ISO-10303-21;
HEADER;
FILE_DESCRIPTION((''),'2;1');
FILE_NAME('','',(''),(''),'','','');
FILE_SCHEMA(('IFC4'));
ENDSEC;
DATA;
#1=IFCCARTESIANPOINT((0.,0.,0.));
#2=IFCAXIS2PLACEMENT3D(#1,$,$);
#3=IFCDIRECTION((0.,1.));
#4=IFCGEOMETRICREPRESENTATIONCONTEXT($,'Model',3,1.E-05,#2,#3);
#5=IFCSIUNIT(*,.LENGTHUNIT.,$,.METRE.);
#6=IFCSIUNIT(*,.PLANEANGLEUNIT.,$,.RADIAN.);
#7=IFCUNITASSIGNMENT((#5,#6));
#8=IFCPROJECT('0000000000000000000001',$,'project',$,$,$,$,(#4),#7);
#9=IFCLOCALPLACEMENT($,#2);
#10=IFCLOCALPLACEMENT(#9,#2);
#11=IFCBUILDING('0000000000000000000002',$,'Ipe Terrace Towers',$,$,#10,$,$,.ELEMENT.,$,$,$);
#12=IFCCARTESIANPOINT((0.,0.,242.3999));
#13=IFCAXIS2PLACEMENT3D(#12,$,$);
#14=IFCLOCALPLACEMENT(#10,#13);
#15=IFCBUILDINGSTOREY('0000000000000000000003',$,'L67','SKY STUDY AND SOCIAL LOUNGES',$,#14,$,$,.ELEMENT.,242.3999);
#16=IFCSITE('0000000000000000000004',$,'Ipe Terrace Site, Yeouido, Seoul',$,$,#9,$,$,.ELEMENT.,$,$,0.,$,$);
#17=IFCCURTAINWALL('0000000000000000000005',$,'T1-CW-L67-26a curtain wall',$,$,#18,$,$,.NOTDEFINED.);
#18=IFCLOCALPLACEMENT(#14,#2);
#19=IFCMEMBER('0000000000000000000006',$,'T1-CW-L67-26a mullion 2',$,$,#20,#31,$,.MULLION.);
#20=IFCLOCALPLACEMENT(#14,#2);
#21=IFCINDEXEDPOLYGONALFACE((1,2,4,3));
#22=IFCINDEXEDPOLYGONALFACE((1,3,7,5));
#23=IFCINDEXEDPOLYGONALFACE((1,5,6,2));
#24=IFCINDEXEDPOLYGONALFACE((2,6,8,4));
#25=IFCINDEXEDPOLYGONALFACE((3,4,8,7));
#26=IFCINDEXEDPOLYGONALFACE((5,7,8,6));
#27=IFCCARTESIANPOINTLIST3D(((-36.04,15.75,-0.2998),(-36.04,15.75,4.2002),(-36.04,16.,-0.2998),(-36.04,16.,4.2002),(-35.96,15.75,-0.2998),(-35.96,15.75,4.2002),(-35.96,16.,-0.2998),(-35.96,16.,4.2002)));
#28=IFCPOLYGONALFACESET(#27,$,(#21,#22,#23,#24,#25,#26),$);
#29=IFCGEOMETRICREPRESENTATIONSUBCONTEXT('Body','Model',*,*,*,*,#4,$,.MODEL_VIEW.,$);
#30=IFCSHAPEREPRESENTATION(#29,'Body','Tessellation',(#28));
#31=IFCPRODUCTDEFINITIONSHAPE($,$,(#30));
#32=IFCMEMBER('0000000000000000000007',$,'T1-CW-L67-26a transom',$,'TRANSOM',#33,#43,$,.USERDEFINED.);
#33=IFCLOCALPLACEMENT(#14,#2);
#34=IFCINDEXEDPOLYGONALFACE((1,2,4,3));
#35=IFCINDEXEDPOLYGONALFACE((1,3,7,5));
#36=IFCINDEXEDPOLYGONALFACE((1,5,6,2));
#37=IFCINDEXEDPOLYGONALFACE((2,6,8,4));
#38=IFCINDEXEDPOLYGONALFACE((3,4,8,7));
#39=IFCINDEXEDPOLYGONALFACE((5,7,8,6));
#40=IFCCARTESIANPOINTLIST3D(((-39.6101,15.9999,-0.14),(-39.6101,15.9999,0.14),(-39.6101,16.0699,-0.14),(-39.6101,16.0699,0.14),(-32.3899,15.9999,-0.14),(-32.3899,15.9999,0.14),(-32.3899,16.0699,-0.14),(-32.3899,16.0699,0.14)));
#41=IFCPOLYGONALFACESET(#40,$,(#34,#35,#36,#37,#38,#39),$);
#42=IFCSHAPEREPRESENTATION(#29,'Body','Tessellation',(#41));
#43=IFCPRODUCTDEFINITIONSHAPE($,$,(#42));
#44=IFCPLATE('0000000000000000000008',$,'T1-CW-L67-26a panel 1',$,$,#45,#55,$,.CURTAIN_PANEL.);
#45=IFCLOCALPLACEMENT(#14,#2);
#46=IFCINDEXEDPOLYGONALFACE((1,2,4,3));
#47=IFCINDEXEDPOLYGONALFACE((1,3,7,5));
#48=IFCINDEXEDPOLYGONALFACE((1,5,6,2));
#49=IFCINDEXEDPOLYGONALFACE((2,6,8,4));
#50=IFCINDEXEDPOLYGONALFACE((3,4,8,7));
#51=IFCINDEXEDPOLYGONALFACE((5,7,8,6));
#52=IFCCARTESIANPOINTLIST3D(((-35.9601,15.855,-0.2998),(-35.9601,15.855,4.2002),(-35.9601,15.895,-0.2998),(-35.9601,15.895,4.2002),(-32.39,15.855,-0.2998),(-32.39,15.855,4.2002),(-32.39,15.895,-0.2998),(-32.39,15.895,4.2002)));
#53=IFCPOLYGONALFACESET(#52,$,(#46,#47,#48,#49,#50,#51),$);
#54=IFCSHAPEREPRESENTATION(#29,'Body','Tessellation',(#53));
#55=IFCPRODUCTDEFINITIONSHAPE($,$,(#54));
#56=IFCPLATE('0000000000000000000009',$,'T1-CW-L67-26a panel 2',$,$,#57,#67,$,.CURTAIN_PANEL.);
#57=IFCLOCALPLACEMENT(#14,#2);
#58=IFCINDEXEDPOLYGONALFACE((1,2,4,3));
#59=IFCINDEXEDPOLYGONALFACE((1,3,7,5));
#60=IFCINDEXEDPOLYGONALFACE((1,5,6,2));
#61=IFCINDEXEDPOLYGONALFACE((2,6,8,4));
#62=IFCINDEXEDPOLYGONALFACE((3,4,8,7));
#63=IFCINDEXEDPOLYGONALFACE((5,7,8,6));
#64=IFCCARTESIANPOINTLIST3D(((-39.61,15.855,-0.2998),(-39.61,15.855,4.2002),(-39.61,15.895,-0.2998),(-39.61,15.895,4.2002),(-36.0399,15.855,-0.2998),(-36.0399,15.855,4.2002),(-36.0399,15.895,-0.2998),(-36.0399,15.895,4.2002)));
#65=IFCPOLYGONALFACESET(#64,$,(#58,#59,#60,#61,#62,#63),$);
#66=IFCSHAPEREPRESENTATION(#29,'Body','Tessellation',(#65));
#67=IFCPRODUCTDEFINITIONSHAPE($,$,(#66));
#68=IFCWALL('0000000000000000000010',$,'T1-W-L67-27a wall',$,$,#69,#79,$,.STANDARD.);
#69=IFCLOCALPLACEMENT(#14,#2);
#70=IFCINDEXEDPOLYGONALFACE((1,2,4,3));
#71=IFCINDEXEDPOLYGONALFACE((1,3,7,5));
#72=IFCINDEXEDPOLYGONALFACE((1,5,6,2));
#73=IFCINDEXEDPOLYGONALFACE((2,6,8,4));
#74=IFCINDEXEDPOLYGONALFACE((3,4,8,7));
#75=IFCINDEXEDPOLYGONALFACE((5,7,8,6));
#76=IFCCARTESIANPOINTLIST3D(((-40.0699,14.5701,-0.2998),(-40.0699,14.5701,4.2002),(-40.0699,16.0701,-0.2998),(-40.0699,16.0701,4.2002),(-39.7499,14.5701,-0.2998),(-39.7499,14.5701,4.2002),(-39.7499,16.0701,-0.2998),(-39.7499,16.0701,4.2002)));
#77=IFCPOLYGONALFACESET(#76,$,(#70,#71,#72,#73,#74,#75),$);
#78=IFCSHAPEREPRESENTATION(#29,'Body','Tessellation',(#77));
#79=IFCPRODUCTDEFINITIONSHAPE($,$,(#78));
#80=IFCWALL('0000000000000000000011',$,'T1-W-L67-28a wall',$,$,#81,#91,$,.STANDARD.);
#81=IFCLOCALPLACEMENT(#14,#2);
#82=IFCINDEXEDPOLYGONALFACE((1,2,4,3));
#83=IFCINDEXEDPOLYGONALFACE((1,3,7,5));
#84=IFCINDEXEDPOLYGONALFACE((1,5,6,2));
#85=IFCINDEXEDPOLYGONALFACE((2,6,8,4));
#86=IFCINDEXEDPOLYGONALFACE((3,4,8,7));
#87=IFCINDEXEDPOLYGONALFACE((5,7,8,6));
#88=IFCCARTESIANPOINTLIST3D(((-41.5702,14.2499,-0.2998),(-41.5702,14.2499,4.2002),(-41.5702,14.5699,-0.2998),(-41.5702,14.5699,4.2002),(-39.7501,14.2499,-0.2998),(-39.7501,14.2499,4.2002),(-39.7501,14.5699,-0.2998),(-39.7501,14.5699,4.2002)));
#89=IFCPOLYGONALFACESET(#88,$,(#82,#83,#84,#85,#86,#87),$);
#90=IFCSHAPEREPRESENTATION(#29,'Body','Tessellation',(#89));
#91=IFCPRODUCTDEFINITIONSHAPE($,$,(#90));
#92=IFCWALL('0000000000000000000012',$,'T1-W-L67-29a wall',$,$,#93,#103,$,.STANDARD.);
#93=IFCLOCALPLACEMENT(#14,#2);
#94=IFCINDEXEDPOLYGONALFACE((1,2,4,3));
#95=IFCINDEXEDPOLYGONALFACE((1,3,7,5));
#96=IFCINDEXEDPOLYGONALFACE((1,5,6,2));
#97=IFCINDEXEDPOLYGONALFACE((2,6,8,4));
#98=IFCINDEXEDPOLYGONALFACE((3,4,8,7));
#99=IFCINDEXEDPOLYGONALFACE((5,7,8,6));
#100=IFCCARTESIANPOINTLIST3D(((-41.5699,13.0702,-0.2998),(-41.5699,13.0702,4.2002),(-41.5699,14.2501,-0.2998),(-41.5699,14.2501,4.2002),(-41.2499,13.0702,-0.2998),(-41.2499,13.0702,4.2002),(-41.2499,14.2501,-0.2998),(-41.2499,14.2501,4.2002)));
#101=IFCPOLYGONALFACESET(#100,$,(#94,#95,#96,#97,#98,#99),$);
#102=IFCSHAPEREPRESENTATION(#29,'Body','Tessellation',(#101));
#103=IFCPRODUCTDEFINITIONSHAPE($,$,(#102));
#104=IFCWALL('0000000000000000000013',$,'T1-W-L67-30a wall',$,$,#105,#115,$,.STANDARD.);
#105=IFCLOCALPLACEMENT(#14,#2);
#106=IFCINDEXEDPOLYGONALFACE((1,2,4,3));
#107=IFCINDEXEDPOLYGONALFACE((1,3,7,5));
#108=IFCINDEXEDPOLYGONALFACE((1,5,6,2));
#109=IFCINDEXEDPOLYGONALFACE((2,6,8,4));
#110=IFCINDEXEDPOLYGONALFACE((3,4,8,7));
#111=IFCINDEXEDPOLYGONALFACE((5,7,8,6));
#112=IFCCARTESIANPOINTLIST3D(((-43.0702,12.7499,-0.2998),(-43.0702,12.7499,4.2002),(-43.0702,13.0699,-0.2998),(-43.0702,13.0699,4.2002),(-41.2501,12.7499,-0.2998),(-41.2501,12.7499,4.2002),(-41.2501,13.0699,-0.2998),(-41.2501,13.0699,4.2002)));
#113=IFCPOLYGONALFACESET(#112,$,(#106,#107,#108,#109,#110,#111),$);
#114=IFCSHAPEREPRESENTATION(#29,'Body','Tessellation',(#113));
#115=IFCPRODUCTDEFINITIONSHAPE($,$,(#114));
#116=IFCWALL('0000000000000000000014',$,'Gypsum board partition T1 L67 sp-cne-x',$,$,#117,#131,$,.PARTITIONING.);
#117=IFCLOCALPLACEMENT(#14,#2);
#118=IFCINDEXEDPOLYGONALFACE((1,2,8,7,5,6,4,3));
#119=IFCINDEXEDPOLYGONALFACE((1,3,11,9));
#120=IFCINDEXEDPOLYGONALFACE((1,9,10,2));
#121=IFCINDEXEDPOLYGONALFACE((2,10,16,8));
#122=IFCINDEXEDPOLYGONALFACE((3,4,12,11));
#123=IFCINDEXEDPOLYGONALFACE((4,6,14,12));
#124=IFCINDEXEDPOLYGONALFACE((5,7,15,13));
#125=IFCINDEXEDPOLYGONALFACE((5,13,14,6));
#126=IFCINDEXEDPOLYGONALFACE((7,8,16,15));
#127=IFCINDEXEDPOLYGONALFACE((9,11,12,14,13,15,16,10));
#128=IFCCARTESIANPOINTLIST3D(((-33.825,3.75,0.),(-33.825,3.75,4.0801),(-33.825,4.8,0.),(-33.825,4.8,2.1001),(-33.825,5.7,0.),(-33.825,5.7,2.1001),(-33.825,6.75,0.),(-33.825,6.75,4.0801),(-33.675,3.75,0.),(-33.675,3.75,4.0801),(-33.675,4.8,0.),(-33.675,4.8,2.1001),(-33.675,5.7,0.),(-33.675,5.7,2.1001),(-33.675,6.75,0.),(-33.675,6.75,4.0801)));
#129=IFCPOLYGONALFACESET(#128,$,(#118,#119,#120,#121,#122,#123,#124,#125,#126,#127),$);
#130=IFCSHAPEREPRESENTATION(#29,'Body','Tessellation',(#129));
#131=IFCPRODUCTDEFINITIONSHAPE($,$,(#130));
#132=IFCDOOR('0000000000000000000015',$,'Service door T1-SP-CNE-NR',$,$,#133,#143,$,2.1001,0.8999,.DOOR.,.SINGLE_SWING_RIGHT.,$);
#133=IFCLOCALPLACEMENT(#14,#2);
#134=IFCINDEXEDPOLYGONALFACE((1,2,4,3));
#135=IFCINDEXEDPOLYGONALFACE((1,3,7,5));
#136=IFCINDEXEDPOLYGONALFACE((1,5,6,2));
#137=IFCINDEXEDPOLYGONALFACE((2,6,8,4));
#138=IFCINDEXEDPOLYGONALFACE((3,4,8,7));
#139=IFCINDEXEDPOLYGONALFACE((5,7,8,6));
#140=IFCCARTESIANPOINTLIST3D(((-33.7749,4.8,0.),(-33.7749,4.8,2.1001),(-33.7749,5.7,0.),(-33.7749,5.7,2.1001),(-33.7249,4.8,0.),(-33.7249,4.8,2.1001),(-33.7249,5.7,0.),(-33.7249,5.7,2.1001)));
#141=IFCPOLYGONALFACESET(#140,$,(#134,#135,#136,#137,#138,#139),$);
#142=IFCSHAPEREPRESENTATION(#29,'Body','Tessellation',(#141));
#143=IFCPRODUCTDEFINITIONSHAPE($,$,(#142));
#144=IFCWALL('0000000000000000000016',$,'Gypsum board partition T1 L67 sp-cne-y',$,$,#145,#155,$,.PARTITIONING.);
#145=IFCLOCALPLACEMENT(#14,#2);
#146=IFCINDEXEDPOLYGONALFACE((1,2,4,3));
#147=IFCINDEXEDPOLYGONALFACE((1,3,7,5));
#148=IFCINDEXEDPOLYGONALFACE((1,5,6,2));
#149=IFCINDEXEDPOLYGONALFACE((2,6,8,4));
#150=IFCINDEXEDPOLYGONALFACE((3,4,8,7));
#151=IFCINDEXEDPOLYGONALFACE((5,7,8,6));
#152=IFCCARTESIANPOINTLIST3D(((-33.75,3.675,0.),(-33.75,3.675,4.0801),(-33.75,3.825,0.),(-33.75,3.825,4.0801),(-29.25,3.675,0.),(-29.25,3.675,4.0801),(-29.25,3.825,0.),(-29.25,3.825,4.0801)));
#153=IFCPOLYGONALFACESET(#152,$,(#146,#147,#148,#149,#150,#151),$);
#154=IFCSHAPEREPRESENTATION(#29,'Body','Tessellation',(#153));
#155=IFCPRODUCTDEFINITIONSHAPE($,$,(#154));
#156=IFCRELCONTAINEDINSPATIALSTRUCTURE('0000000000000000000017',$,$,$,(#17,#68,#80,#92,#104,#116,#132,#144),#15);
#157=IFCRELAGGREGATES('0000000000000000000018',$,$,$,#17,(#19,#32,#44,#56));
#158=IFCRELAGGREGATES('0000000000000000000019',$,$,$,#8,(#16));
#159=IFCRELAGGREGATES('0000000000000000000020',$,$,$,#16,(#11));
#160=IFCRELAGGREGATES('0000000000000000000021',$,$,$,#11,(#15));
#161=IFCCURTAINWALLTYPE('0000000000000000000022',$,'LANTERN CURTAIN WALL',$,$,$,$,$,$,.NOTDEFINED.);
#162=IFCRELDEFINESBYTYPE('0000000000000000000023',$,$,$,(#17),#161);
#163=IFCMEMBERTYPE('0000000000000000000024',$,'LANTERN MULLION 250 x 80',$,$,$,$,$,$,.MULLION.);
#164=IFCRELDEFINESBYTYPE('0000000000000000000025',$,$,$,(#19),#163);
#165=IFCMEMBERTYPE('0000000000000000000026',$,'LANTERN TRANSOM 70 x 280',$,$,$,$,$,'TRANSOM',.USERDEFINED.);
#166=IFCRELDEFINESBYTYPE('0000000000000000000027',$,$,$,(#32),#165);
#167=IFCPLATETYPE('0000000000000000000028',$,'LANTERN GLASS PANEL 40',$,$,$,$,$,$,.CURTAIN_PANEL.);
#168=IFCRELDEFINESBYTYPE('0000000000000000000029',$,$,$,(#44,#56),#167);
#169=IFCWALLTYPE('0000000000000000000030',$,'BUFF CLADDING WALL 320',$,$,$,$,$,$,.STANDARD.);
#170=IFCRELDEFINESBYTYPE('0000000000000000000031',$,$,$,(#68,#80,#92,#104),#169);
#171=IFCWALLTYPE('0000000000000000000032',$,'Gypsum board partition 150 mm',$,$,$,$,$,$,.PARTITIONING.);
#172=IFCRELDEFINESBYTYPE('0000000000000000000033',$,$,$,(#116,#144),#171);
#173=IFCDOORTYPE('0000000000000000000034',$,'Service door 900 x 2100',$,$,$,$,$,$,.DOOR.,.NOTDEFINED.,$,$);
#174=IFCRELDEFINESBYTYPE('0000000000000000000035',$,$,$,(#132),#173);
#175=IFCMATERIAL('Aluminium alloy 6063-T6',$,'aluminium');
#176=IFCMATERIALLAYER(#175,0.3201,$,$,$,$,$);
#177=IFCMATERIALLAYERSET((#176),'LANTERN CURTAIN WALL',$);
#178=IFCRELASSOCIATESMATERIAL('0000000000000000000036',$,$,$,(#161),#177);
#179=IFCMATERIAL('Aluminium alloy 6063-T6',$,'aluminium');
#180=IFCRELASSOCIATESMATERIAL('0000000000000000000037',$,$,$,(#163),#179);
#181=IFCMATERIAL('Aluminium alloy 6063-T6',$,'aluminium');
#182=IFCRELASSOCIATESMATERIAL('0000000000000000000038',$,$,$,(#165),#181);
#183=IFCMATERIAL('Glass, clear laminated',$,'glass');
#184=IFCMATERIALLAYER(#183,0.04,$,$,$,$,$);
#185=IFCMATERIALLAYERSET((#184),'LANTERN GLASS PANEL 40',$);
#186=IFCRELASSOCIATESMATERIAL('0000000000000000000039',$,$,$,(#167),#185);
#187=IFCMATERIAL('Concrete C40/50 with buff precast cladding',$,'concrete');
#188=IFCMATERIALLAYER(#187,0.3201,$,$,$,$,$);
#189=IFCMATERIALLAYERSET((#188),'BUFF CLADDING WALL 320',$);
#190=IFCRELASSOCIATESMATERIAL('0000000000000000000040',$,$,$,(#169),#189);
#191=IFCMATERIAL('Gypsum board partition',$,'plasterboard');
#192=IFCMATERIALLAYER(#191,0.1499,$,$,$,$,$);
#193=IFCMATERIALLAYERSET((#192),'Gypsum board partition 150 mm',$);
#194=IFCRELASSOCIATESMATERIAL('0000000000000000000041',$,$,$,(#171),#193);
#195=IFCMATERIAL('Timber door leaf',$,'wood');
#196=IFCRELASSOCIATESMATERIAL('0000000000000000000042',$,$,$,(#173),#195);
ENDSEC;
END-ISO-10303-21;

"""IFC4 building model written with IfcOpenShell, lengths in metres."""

from ifc_helpers import new_model, si_unit, direction, frame, frame_2d, origin, origin_2d, place, context, subcontext, project, spatial, rectangle, extrude, material, layer, layer_set, material_profile, profile_set, type_object, element, fill, aggregate, save


model = new_model("IFC4")

# Units and contexts
model_context = context("Model", 3, precision=1e-05, world=origin(), true_north=direction((0.0, 1.0)))
body_context = subcontext(model_context, "Body", "Model", "MODEL_VIEW")
ifc_project = project(units=[si_unit("LENGTHUNIT", "METRE"), si_unit("PLANEANGLEUNIT", "RADIAN")], contexts=[model_context])

# Site, building, storey
site_placement = place(None, origin())
site = spatial("IfcSite", under=ifc_project, at=site_placement, Name="Ipe Terrace Site, Yeouido, Seoul", CompositionType="ELEMENT", RefElevation=0.0)
building_placement = place(site_placement, origin())
building = spatial("IfcBuilding", under=site, at=building_placement, Name="Ipe Terrace Towers", CompositionType="ELEMENT")
storey_placement = place(building_placement, frame((0.0, 0.0, 242.3999)))
storey = spatial("IfcBuildingStorey", under=building, at=storey_placement, Name="L67", Description="SKY STUDY AND SOCIAL LOUNGES", CompositionType="ELEMENT", Elevation=242.3999)

# Curtain wall, members, plates
ifc_material_1 = material(Name="Aluminium alloy 6063-T6", Category="aluminium")
ifc_layer_1 = layer(ifc_material_1, 0.3201)
ifc_layer_set_1 = layer_set([ifc_layer_1], Name="LANTERN CURTAIN WALL")
curtain_wall_type = type_object("IfcCurtainWallType", Name="LANTERN CURTAIN WALL", PredefinedType="NOTDEFINED", material=ifc_layer_set_1)
curtain_wall_placement = place(storey_placement, origin())
curtain_wall = element("IfcCurtainWall", 1, at=curtain_wall_placement, inside=storey, type_object=curtain_wall_type, Name="T1-CW-L67-26a curtain wall", PredefinedType="NOTDEFINED")
ifc_material_2 = material(Name="Aluminium alloy 6063-T6", Category="aluminium")
ifc_material_profile_1 = material_profile(ifc_material_2, rectangle(XDim=0.25, YDim=0.0801, at=origin_2d()), Name="LANTERN MULLION 250 x 80")
ifc_profile_set_1 = profile_set([ifc_material_profile_1], Name="Aluminium alloy 6063-T6")
member_type_1 = type_object("IfcMemberType", Name="LANTERN MULLION 250 x 80", PredefinedType="MULLION", material=ifc_profile_set_1)
member_1_placement = place(storey_placement, frame((-36.0, 15.875, -0.2998), z_axis=(0.0, 0.0, 1.0), x_axis=(0.0, 1.0, 0.0)))
member_1 = element("IfcMember", 2, at=member_1_placement, type_object=member_type_1, Name="T1-CW-L67-26a mullion 2", PredefinedType="MULLION", context=body_context, shape_type="SweptSolid", body=[
    extrude(rectangle(XDim=0.25, YDim=0.0801, at=origin_2d()), origin(), (0.0, 0.0, 1.0), 4.5),
])
ifc_material_3 = material(Name="Aluminium alloy 6063-T6", Category="aluminium")
ifc_material_profile_2 = material_profile(ifc_material_3, rectangle(XDim=0.0701, YDim=0.28, at=origin_2d()), Name="LANTERN TRANSOM 70 x 280")
ifc_profile_set_2 = profile_set([ifc_material_profile_2], Name="Aluminium alloy 6063-T6")
member_type_2 = type_object("IfcMemberType", Name="LANTERN TRANSOM 70 x 280", ElementType="TRANSOM", PredefinedType="USERDEFINED", material=ifc_profile_set_2)
member_2_placement = place(storey_placement, frame((-32.3899, 16.0349, 0.0), z_axis=(-1.0, 0.0, 0.0), x_axis=(0.0, 1.0, 0.0)))
member_2 = element("IfcMember", 3, at=member_2_placement, type_object=member_type_2, Name="T1-CW-L67-26a transom", ObjectType="TRANSOM", PredefinedType="USERDEFINED", context=body_context, shape_type="SweptSolid", body=[
    extrude(rectangle(XDim=0.0701, YDim=0.28, at=origin_2d()), origin(), (0.0, 0.0, 1.0), 7.2202),
])
ifc_material_4 = material(Name="Glass, clear laminated", Category="glass")
ifc_layer_2 = layer(ifc_material_4, 0.04)
ifc_layer_set_2 = layer_set([ifc_layer_2], Name="LANTERN GLASS PANEL 40")
plate_type = type_object("IfcPlateType", Name="LANTERN GLASS PANEL 40", PredefinedType="CURTAIN_PANEL", material=ifc_layer_set_2)
plate_1_placement = place(storey_placement, frame((-34.175, 15.875, -0.2998), z_axis=(0.0, 0.0, 1.0), x_axis=(-1.0, 0.0, 0.0)))
plate_1 = element("IfcPlate", 4, at=plate_1_placement, type_object=plate_type, Name="T1-CW-L67-26a panel 1", PredefinedType="CURTAIN_PANEL", context=body_context, shape_type="SweptSolid", body=[
    extrude(rectangle(XDim=3.5701, YDim=0.04, at=origin_2d()), origin(), (0.0, 0.0, 1.0), 4.5),
])
plate_2_placement = place(storey_placement, frame((-37.825, 15.875, -0.2998), z_axis=(0.0, 0.0, 1.0), x_axis=(-1.0, 0.0, 0.0)))
plate_2 = element("IfcPlate", 5, at=plate_2_placement, type_object=plate_type, Name="T1-CW-L67-26a panel 2", PredefinedType="CURTAIN_PANEL", context=body_context, shape_type="SweptSolid", body=[
    extrude(rectangle(XDim=3.5701, YDim=0.04, at=origin_2d()), origin(), (0.0, 0.0, 1.0), 4.5),
])
aggregate(curtain_wall, [member_1, member_2, plate_1, plate_2])

# Walls
ifc_material_5 = material(Name="Concrete C40/50 with buff precast cladding", Category="concrete")
ifc_layer_3 = layer(ifc_material_5, 0.3201)
ifc_layer_set_3 = layer_set([ifc_layer_3], Name="BUFF CLADDING WALL 320")
wall_type_1 = type_object("IfcWallType", Name="BUFF CLADDING WALL 320", PredefinedType="STANDARD", material=ifc_layer_set_3)
wall_1_placement = place(storey_placement, frame((-39.9099, 16.0701, -0.2998), z_axis=(0.0, 0.0, 1.0), x_axis=(0.0, -1.0, 0.0)))
element("IfcWall", 6, at=wall_1_placement, inside=storey, type_object=wall_type_1, Name="T1-W-L67-27a wall", PredefinedType="STANDARD", context=body_context, shape_type="SweptSolid", body=[
    extrude(rectangle(XDim=1.5, YDim=0.3201, at=frame_2d((0.75, 0.0))), origin(), (0.0, 0.0, 1.0), 4.5),
])
wall_2_placement = place(storey_placement, frame((-39.75, 14.4099, -0.2998), z_axis=(0.0, 0.0, 1.0), x_axis=(-1.0, 0.0, 0.0)))
element("IfcWall", 7, at=wall_2_placement, inside=storey, type_object=wall_type_1, Name="T1-W-L67-28a wall", PredefinedType="STANDARD", context=body_context, shape_type="SweptSolid", body=[
    extrude(rectangle(XDim=1.8201, YDim=0.3201, at=frame_2d((0.9102, 0.0))), origin(), (0.0, 0.0, 1.0), 4.5),
])
wall_3_placement = place(storey_placement, frame((-41.4099, 14.25, -0.2998), z_axis=(0.0, 0.0, 1.0), x_axis=(0.0, -1.0, 0.0)))
element("IfcWall", 8, at=wall_3_placement, inside=storey, type_object=wall_type_1, Name="T1-W-L67-29a wall", PredefinedType="STANDARD", context=body_context, shape_type="SweptSolid", body=[
    extrude(rectangle(XDim=1.1799, YDim=0.3201, at=frame_2d((0.5898, 0.0))), origin(), (0.0, 0.0, 1.0), 4.5),
])
wall_4_placement = place(storey_placement, frame((-41.25, 12.9099, -0.2998), z_axis=(0.0, 0.0, 1.0), x_axis=(-1.0, 0.0, 0.0)))
element("IfcWall", 9, at=wall_4_placement, inside=storey, type_object=wall_type_1, Name="T1-W-L67-30a wall", PredefinedType="STANDARD", context=body_context, shape_type="SweptSolid", body=[
    extrude(rectangle(XDim=1.8201, YDim=0.3201, at=frame_2d((0.9102, 0.0))), origin(), (0.0, 0.0, 1.0), 4.5),
])

# Wall, opening, door
ifc_material_6 = material(Name="Gypsum board partition", Category="plasterboard")
ifc_layer_4 = layer(ifc_material_6, 0.1499)
ifc_layer_set_4 = layer_set([ifc_layer_4], Name="Gypsum board partition 150 mm")
wall_type_2 = type_object("IfcWallType", Name="Gypsum board partition 150 mm", PredefinedType="PARTITIONING", material=ifc_layer_set_4)
wall_5_placement = place(storey_placement, frame((-33.75, 3.75, 0.0), z_axis=(0.0, 0.0, 1.0), x_axis=(0.0, 1.0, 0.0)))
wall_5 = element("IfcWall", 10, at=wall_5_placement, inside=storey, type_object=wall_type_2, Name="Gypsum board partition T1 L67 sp-cne-x", PredefinedType="PARTITIONING", context=body_context, shape_type="SweptSolid", body=[
    extrude(rectangle(XDim=3.0, YDim=0.1499, at=frame_2d((1.5, 0.0))), origin(), (0.0, 0.0, 1.0), 4.0801),
])
opening_1_placement = place(wall_5_placement, frame((1.05, 0.0, 0.0)))
opening_1 = element("IfcOpeningElement", 11, at=opening_1_placement, cuts=wall_5, PredefinedType="OPENING", context=body_context, shape_type="SweptSolid", body=[
    extrude(rectangle(XDim=0.8999, YDim=2.1001, at=frame_2d((0.45, 1.05))), frame((0.0, 0.085, 0.0), z_axis=(0.0, -1.0, 0.0), x_axis=(1.0, 0.0, 0.0)), (0.0, 0.0, 1.0), 0.1699),
])
ifc_material_7 = material(Name="Timber door leaf", Category="wood")
door_type_1 = type_object("IfcDoorType", Name="Service door 900 x 2100", OperationType="NOTDEFINED", PredefinedType="DOOR", material=ifc_material_7)
door_1_placement = place(opening_1_placement, origin())
door_1 = element("IfcDoor", 12, at=door_1_placement, inside=storey, type_object=door_type_1, Name="Service door T1-SP-CNE-NR", OperationType="SINGLE_SWING_RIGHT", OverallHeight=2.1001, OverallWidth=0.8999, PredefinedType="DOOR", context=body_context, shape_type="SweptSolid", body=[
    extrude(rectangle(XDim=0.8999, YDim=2.1001, at=frame_2d((0.45, 1.05))), frame((0.0, 0.0249, 0.0), z_axis=(0.0, -1.0, 0.0), x_axis=(1.0, 0.0, 0.0)), (0.0, 0.0, 1.0), 0.05),
])
fill(opening_1, door_1)

# Wall
wall_6_placement = place(storey_placement, frame((-33.75, 3.75, 0.0), z_axis=(0.0, 0.0, 1.0), x_axis=(1.0, 0.0, 0.0)))
element("IfcWall", 13, at=wall_6_placement, inside=storey, type_object=wall_type_2, Name="Gypsum board partition T1 L67 sp-cne-y", PredefinedType="PARTITIONING", context=body_context, shape_type="SweptSolid", body=[
    extrude(rectangle(XDim=4.5, YDim=0.1499, at=frame_2d((2.25, 0.0))), origin(), (0.0, 0.0, 1.0), 4.0801),
])

save(model, "model.ifc")
